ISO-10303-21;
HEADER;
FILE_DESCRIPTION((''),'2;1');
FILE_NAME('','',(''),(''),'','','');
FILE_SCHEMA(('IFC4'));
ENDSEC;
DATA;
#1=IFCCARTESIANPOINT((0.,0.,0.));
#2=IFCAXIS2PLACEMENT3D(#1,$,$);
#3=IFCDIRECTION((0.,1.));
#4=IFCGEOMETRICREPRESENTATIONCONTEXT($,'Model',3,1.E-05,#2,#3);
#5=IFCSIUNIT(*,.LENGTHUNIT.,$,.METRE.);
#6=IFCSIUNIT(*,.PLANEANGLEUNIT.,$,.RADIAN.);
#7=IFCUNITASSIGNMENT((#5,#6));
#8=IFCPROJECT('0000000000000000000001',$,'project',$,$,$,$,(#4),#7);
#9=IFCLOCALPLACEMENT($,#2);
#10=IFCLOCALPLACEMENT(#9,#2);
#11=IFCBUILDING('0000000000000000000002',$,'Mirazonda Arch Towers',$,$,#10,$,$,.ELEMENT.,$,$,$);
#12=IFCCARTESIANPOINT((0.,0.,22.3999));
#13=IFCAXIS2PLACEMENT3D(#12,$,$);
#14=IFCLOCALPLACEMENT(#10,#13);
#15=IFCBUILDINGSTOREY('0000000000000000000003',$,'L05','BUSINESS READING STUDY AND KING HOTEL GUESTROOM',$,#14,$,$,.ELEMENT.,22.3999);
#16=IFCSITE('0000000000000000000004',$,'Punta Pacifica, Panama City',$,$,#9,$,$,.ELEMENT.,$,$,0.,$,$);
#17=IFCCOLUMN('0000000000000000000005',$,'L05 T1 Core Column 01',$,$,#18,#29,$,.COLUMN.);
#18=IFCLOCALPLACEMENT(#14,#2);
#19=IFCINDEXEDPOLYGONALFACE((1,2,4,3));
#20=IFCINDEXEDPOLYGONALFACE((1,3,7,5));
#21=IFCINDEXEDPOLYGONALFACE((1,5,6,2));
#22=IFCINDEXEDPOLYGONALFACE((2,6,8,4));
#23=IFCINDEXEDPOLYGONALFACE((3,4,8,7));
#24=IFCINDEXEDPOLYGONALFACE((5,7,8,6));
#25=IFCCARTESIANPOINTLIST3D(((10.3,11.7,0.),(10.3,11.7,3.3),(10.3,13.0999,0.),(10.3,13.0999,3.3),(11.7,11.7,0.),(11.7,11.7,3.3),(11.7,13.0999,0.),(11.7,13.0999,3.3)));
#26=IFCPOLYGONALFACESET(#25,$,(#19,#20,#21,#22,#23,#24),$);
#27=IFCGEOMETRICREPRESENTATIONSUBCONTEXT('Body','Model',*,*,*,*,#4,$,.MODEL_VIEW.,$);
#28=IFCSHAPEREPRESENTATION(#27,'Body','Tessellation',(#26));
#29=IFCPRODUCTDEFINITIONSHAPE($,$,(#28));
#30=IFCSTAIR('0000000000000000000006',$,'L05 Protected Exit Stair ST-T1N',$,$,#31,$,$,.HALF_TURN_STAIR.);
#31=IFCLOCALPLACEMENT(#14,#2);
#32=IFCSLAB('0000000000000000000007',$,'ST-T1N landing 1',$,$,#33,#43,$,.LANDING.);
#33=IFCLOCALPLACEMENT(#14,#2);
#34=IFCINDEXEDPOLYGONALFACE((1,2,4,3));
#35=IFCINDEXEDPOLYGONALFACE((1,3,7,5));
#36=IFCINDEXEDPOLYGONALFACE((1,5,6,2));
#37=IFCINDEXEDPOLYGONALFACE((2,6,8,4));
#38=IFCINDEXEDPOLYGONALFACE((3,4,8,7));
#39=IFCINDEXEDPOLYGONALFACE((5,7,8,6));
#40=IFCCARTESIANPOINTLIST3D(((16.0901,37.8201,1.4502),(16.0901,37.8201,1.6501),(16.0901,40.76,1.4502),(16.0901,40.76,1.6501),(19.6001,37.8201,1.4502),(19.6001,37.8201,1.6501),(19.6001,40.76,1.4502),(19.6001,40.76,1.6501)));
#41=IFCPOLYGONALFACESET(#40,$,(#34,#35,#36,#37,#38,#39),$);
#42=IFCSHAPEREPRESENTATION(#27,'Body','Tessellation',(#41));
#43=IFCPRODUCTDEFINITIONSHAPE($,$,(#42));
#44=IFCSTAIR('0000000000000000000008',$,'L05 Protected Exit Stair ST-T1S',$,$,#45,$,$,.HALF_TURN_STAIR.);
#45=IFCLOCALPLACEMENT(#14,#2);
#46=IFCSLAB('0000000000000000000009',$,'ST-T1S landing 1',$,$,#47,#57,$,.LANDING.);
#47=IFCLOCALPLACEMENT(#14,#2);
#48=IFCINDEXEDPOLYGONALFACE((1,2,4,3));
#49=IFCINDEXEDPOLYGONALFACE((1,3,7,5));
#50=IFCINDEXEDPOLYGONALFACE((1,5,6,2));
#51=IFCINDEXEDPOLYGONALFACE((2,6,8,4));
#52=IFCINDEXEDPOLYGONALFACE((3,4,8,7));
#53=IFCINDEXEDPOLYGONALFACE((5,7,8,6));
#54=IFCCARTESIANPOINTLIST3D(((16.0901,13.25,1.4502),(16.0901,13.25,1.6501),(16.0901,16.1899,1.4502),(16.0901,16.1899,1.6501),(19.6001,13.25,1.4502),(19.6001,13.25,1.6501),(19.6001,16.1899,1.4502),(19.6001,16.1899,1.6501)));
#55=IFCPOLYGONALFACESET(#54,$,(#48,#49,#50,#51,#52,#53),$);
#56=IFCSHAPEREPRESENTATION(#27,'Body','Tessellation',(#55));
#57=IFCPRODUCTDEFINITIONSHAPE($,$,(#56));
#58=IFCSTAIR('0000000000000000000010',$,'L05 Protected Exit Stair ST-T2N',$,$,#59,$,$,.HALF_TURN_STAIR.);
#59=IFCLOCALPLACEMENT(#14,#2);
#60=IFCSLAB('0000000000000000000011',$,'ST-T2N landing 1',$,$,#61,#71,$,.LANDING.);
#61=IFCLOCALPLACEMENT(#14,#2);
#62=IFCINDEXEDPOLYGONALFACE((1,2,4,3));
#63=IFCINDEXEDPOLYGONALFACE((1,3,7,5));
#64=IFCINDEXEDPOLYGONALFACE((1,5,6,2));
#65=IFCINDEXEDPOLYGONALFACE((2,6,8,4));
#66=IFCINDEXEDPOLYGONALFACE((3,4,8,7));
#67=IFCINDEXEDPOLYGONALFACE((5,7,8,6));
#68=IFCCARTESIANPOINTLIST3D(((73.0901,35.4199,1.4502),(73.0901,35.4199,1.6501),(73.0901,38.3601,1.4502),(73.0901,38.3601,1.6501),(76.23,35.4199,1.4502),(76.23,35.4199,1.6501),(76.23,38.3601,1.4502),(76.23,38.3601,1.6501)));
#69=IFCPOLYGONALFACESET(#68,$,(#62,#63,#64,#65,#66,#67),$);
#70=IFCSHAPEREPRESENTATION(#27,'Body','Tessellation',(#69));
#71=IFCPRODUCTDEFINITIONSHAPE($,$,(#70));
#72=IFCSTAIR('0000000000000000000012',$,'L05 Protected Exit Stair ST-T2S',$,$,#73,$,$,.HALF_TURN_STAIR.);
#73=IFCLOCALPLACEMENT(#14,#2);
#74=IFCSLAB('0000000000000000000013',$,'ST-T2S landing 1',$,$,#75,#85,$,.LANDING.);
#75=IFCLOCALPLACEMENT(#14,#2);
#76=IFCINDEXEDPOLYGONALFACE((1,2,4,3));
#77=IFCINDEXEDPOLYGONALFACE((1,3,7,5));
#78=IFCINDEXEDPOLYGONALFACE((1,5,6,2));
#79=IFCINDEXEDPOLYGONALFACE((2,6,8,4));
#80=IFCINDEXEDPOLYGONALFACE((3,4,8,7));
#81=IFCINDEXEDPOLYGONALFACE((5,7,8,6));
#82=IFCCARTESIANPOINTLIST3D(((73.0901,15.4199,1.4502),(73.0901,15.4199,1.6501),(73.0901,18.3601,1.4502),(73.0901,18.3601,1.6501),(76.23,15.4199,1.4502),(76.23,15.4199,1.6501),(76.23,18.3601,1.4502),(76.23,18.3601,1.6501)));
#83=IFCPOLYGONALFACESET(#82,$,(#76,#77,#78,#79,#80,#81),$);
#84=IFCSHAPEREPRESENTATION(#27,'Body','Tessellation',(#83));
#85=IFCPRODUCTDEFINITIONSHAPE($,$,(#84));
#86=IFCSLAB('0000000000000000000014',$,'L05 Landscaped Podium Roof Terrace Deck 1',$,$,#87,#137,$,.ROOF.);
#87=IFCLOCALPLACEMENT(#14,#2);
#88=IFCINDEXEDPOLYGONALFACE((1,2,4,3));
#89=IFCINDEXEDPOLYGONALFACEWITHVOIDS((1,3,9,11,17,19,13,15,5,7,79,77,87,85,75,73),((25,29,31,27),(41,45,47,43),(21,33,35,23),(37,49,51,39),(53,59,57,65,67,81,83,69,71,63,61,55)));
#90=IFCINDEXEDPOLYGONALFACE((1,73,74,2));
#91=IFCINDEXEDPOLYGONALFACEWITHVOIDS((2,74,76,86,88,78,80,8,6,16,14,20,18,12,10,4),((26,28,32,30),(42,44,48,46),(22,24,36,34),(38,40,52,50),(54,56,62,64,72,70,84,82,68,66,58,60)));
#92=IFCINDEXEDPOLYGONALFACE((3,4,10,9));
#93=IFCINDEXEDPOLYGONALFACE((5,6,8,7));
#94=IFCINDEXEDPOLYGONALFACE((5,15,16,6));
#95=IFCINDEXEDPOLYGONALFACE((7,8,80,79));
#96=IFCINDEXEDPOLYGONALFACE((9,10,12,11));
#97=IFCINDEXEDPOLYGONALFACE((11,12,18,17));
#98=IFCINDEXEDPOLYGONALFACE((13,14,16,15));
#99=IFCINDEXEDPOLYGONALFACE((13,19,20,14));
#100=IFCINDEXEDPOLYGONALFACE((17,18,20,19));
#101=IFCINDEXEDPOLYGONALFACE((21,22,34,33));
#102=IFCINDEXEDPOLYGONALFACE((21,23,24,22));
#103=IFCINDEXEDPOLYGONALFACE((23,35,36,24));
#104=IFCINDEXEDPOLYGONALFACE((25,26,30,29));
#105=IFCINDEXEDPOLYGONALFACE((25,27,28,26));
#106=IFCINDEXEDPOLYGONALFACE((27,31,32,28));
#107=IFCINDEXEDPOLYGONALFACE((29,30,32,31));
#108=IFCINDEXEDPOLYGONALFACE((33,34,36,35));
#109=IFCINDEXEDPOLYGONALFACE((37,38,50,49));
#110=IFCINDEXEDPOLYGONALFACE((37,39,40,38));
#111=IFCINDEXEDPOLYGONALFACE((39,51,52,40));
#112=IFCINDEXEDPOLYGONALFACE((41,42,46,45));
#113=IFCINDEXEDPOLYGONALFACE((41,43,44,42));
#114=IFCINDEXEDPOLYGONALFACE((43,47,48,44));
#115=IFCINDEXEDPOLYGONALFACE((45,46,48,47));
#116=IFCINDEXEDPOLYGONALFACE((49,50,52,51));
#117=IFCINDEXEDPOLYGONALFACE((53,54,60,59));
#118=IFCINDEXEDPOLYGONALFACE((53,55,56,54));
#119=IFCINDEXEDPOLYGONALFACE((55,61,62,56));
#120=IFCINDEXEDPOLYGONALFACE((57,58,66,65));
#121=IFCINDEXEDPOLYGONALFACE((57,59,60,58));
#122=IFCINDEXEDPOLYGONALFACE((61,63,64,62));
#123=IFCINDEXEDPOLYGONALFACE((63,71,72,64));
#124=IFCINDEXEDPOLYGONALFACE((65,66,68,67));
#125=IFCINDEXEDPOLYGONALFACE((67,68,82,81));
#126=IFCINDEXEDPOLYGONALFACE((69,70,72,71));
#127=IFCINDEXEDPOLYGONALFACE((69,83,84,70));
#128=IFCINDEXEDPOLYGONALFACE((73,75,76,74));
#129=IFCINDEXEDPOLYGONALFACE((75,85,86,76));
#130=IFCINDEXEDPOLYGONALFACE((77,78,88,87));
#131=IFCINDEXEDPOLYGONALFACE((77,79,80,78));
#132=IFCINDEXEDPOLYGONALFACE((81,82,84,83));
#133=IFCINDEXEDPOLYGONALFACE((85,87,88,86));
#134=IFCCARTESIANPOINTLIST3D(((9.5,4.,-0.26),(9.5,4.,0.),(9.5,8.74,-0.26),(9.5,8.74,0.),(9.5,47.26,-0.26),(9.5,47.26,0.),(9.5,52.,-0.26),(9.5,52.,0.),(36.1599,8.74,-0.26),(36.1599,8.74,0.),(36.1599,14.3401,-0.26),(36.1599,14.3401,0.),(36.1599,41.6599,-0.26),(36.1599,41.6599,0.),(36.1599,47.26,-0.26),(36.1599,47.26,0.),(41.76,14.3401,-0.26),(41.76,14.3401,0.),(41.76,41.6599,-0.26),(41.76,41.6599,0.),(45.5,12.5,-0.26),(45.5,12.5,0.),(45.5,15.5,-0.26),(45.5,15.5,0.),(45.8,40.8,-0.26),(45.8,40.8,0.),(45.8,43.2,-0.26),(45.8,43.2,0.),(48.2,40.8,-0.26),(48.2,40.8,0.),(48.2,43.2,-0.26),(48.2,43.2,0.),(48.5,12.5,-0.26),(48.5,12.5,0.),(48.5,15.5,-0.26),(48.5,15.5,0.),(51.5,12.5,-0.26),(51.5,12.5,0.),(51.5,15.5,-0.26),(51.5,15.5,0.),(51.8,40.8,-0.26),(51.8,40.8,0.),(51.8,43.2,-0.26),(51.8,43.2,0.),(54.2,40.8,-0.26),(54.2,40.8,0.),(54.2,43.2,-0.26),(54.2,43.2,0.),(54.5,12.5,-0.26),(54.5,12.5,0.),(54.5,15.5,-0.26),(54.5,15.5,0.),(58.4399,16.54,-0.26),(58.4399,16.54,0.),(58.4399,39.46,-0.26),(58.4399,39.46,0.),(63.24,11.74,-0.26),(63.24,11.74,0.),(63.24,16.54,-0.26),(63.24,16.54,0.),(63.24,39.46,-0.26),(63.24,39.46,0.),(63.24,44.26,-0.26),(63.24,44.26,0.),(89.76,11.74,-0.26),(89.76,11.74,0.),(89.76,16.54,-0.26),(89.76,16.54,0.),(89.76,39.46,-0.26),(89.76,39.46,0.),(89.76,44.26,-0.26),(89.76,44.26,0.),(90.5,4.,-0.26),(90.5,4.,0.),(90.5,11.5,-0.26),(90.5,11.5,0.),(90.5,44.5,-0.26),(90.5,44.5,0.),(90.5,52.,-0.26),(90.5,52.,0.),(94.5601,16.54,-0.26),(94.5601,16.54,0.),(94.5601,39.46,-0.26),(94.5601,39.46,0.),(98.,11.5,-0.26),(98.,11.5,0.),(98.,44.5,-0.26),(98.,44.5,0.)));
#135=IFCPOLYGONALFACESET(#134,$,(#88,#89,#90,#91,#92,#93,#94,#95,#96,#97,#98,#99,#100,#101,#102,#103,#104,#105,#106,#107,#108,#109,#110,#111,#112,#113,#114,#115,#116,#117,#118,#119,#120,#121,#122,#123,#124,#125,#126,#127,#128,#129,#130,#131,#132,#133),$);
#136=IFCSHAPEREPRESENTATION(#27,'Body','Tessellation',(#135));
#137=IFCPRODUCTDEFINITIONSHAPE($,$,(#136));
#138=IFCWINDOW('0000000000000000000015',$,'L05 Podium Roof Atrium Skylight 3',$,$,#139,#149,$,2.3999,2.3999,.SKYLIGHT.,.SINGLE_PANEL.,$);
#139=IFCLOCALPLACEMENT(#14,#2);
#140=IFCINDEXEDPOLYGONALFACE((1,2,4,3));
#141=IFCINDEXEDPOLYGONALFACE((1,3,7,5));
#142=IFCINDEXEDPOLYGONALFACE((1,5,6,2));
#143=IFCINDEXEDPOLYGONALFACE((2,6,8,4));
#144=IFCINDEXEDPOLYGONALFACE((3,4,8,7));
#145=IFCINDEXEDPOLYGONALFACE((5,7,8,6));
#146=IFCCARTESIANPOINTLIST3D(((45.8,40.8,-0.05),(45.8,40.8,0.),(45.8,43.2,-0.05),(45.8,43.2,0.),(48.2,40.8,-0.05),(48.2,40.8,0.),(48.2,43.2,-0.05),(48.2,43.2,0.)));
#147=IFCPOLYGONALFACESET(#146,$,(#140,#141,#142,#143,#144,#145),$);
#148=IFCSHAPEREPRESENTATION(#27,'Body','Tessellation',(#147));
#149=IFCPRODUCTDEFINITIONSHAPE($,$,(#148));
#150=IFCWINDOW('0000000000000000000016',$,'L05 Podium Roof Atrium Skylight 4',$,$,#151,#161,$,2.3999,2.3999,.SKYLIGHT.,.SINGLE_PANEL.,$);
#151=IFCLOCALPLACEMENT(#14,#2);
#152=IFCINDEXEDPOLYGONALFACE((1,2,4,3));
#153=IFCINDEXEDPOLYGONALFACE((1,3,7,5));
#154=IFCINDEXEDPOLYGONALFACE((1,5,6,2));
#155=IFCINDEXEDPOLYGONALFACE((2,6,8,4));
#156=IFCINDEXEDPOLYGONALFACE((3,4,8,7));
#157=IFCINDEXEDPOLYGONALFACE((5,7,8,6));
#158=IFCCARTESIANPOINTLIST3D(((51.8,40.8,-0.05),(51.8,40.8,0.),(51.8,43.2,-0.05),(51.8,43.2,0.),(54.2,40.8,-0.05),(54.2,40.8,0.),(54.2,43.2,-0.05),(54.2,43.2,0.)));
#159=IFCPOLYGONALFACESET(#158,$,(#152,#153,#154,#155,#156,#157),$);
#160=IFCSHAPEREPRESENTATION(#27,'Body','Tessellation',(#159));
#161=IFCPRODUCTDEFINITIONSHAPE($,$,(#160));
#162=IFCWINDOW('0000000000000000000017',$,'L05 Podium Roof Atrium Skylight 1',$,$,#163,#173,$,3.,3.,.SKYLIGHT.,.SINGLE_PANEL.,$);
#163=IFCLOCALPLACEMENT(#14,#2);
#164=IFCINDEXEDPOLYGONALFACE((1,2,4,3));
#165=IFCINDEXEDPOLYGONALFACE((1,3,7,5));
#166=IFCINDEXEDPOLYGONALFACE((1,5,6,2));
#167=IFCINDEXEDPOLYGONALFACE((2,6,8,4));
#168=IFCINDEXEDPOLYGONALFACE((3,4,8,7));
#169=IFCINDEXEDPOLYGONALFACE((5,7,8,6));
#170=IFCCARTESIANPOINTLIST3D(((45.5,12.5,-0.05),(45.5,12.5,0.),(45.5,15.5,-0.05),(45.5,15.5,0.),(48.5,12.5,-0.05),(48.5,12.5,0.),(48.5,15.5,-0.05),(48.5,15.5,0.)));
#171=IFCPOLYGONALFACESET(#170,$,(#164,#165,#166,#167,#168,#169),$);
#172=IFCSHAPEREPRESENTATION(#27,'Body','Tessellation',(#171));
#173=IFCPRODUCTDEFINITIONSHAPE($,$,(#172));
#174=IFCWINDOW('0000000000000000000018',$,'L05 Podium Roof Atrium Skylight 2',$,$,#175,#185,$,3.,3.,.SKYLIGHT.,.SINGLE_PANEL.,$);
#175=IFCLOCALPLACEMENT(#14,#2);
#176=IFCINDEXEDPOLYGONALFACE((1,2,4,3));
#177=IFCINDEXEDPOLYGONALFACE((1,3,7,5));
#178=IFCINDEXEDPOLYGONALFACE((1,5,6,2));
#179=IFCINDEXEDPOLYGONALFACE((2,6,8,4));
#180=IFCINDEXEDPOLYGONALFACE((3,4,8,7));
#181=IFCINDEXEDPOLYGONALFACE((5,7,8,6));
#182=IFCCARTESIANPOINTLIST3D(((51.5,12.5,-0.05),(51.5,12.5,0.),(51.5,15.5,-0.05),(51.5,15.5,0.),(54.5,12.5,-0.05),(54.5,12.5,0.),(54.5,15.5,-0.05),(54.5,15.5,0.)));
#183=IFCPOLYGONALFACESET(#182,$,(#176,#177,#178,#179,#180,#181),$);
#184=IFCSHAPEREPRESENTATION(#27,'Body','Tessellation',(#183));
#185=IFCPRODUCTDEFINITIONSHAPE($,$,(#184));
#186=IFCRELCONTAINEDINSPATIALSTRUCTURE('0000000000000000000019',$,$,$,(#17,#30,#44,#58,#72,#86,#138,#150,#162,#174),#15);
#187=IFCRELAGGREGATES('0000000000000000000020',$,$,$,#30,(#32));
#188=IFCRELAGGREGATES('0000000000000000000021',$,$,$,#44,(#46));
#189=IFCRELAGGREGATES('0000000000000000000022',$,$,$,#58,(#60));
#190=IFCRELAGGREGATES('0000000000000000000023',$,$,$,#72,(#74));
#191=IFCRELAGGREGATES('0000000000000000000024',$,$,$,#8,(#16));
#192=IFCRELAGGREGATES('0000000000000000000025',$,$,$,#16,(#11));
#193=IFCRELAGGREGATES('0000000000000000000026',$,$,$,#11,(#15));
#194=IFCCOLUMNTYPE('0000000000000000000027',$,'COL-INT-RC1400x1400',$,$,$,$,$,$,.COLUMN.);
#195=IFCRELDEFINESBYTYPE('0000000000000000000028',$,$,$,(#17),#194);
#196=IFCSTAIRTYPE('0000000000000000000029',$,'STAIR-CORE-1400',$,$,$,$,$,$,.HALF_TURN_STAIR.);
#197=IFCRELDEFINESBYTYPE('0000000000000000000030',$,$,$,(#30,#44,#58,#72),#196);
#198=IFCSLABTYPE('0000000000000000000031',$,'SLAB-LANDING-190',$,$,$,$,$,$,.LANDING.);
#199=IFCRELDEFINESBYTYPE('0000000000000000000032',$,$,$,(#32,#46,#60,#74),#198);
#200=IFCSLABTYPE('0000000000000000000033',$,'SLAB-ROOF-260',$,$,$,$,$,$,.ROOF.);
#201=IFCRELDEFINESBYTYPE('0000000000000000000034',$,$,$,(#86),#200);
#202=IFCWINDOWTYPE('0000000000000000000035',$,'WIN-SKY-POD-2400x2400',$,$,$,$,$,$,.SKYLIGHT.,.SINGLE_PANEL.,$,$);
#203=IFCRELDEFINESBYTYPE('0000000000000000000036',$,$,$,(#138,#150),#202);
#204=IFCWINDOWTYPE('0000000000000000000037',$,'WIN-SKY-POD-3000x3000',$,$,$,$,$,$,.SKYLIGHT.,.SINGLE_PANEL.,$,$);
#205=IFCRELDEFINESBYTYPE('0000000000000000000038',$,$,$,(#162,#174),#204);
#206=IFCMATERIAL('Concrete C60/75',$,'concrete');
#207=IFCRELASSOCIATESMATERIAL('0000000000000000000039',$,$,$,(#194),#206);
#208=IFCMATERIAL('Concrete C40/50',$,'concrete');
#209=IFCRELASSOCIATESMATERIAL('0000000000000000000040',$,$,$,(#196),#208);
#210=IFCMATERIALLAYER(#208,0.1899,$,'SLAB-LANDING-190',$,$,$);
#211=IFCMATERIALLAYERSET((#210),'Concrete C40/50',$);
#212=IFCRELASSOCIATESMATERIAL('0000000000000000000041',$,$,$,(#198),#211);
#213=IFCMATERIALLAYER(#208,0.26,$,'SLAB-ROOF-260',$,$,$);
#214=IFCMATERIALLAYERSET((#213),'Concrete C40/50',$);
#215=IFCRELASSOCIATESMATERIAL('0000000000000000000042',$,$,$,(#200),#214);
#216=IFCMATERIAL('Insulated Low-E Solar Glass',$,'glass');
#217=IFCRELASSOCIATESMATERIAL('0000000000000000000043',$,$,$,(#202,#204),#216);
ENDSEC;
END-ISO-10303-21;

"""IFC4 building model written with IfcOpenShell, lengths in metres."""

from ifc_helpers import new_model, si_unit, direction, frame, origin, origin_2d, place, context, subcontext, project, spatial, polyline, rectangle, outline, extrude, material, layer, layer_set, material_profile, profile_set, type_object, element, fill, aggregate, save


model = new_model("IFC4")

# Units and contexts
model_context = context("Model", 3, precision=1e-05, world=origin(), true_north=direction((0.0, 1.0)))
body_context = subcontext(model_context, "Body", "Model", "MODEL_VIEW")
ifc_project = project(units=[si_unit("LENGTHUNIT", "METRE"), si_unit("PLANEANGLEUNIT", "RADIAN")], contexts=[model_context])

# Site, building, storey
site_placement = place(None, origin())
site = spatial("IfcSite", under=ifc_project, at=site_placement, Name="Punta Pacifica, Panama City", CompositionType="ELEMENT", RefElevation=0.0)
building_placement = place(site_placement, origin())
building = spatial("IfcBuilding", under=site, at=building_placement, Name="Mirazonda Arch Towers", CompositionType="ELEMENT")
storey_placement = place(building_placement, frame((0.0, 0.0, 22.3999)))
storey = spatial("IfcBuildingStorey", under=building, at=storey_placement, Name="L05", Description="BUSINESS READING STUDY AND KING HOTEL GUESTROOM", CompositionType="ELEMENT", Elevation=22.3999)

# Column
ifc_material_1 = material(Name="Concrete C60/75", Category="concrete")
ifc_material_profile = material_profile(ifc_material_1, rectangle(XDim=1.3999, YDim=1.3999, at=origin_2d()), Name="RC1400x1400")
ifc_profile_set = profile_set([ifc_material_profile], Name="Concrete C60/75")
column_type = type_object("IfcColumnType", Name="COL-INT-RC1400x1400", PredefinedType="COLUMN", material=ifc_profile_set)
column_placement = place(storey_placement, frame((11.0, 12.3999, 0.0), z_axis=(0.0, 0.0, 1.0), x_axis=(1.0, 0.0, 0.0)))
element("IfcColumn", 1, at=column_placement, inside=storey, type_object=column_type, Name="L05 T1 Core Column 01", PredefinedType="COLUMN", context=body_context, shape_type="SweptSolid", body=[
    extrude(rectangle(XDim=1.3999, YDim=1.3999, at=origin_2d()), origin(), (0.0, 0.0, 1.0), 3.3),
])

# Stairs, slabs
ifc_material_2 = material(Name="Concrete C40/50", Category="concrete")
stair_type = type_object("IfcStairType", Name="STAIR-CORE-1400", PredefinedType="HALF_TURN_STAIR", material=ifc_material_2)
stair_1_placement = place(storey_placement, origin())
stair_1 = element("IfcStair", 2, at=stair_1_placement, inside=storey, type_object=stair_type, Name="L05 Protected Exit Stair ST-T1N", PredefinedType="HALF_TURN_STAIR")
ifc_layer_1 = layer(ifc_material_2, 0.1899, Name="SLAB-LANDING-190")
ifc_layer_set_1 = layer_set([ifc_layer_1], Name="Concrete C40/50")
slab_type_1 = type_object("IfcSlabType", Name="SLAB-LANDING-190", PredefinedType="LANDING", material=ifc_layer_set_1)
slab_1_placement = place(storey_placement, frame((0.0, 0.0, 1.4502)))
slab_1 = element("IfcSlab", 3, at=slab_1_placement, type_object=slab_type_1, Name="ST-T1N landing 1", PredefinedType="LANDING", context=body_context, shape_type="SweptSolid", body=[
    extrude(outline(polyline([(16.0901, 37.8201), (19.6001, 37.8201), (19.6001, 40.76), (16.0901, 40.76), (16.0901, 37.8201)])), origin(), (0.0, 0.0, 1.0), 0.2),
])
aggregate(stair_1, [slab_1])
stair_2_placement = place(storey_placement, origin())
stair_2 = element("IfcStair", 4, at=stair_2_placement, inside=storey, type_object=stair_type, Name="L05 Protected Exit Stair ST-T1S", PredefinedType="HALF_TURN_STAIR")
slab_2_placement = place(storey_placement, frame((0.0, 0.0, 1.4502)))
slab_2 = element("IfcSlab", 5, at=slab_2_placement, type_object=slab_type_1, Name="ST-T1S landing 1", PredefinedType="LANDING", context=body_context, shape_type="SweptSolid", body=[
    extrude(outline(polyline([(16.0901, 13.25), (19.6001, 13.25), (19.6001, 16.1899), (16.0901, 16.1899), (16.0901, 13.25)])), origin(), (0.0, 0.0, 1.0), 0.2),
])
aggregate(stair_2, [slab_2])
stair_3_placement = place(storey_placement, origin())
stair_3 = element("IfcStair", 6, at=stair_3_placement, inside=storey, type_object=stair_type, Name="L05 Protected Exit Stair ST-T2N", PredefinedType="HALF_TURN_STAIR")
slab_3_placement = place(storey_placement, frame((0.0, 0.0, 1.4502)))
slab_3 = element("IfcSlab", 7, at=slab_3_placement, type_object=slab_type_1, Name="ST-T2N landing 1", PredefinedType="LANDING", context=body_context, shape_type="SweptSolid", body=[
    extrude(outline(polyline([(73.0901, 35.4199), (76.23, 35.4199), (76.23, 38.3601), (73.0901, 38.3601), (73.0901, 35.4199)])), origin(), (0.0, 0.0, 1.0), 0.2),
])
aggregate(stair_3, [slab_3])
stair_4_placement = place(storey_placement, origin())
stair_4 = element("IfcStair", 8, at=stair_4_placement, inside=storey, type_object=stair_type, Name="L05 Protected Exit Stair ST-T2S", PredefinedType="HALF_TURN_STAIR")
slab_4_placement = place(storey_placement, frame((0.0, 0.0, 1.4502)))
slab_4 = element("IfcSlab", 9, at=slab_4_placement, type_object=slab_type_1, Name="ST-T2S landing 1", PredefinedType="LANDING", context=body_context, shape_type="SweptSolid", body=[
    extrude(outline(polyline([(73.0901, 15.4199), (76.23, 15.4199), (76.23, 18.3601), (73.0901, 18.3601), (73.0901, 15.4199)])), origin(), (0.0, 0.0, 1.0), 0.2),
])
aggregate(stair_4, [slab_4])

# Slab, openings, windows
ifc_layer_2 = layer(ifc_material_2, 0.26, Name="SLAB-ROOF-260")
ifc_layer_set_2 = layer_set([ifc_layer_2], Name="Concrete C40/50")
slab_type_2 = type_object("IfcSlabType", Name="SLAB-ROOF-260", PredefinedType="ROOF", material=ifc_layer_set_2)
slab_5_placement = place(storey_placement, frame((0.0, 0.0, -0.26)))
slab_5 = element("IfcSlab", 10, at=slab_5_placement, inside=storey, type_object=slab_type_2, Name="L05 Landscaped Podium Roof Terrace Deck 1", PredefinedType="ROOF", context=body_context, shape_type="SweptSolid", body=[
    extrude(outline(polyline([(9.5, 52.0), (9.5, 47.26), (36.1599, 47.26), (36.1599, 41.6599), (41.76, 41.6599), (41.76, 14.3401), (36.1599, 14.3401), (36.1599, 8.74), (9.5, 8.74), (9.5, 4.0), (90.5, 4.0), (90.5, 11.5), (98.0, 11.5), (98.0, 44.5), (90.5, 44.5), (90.5, 52.0), (9.5, 52.0)]), holes=[polyline([(63.24, 11.74), (63.24, 16.54), (58.4399, 16.54), (58.4399, 39.46), (63.24, 39.46), (63.24, 44.26), (89.76, 44.26), (89.76, 39.46), (94.5601, 39.46), (94.5601, 16.54), (89.76, 16.54), (89.76, 11.74), (63.24, 11.74)])]), origin(), (0.0, 0.0, 1.0), 0.26),
])
opening_1_placement = place(slab_5_placement, frame((47.0, 14.0, 0.0)))
opening_1 = element("IfcOpeningElement", 11, at=opening_1_placement, cuts=slab_5, PredefinedType="OPENING", context=body_context, shape_type="SweptSolid", body=[
    extrude(rectangle(XDim=3.0, YDim=3.0, at=origin_2d()), frame((0.0, 0.0, -0.01)), (0.0, 0.0, 1.0), 0.28),
])
opening_2_placement = place(slab_5_placement, frame((53.0, 14.0, 0.0)))
opening_2 = element("IfcOpeningElement", 12, at=opening_2_placement, cuts=slab_5, PredefinedType="OPENING", context=body_context, shape_type="SweptSolid", body=[
    extrude(rectangle(XDim=3.0, YDim=3.0, at=origin_2d()), frame((0.0, 0.0, -0.01)), (0.0, 0.0, 1.0), 0.28),
])
opening_3_placement = place(slab_5_placement, frame((47.0, 42.0, 0.0)))
opening_3 = element("IfcOpeningElement", 13, at=opening_3_placement, cuts=slab_5, PredefinedType="OPENING", context=body_context, shape_type="SweptSolid", body=[
    extrude(rectangle(XDim=2.3999, YDim=2.3999, at=origin_2d()), frame((0.0, 0.0, -0.01)), (0.0, 0.0, 1.0), 0.28),
])
opening_4_placement = place(slab_5_placement, frame((53.0, 42.0, 0.0)))
opening_4 = element("IfcOpeningElement", 14, at=opening_4_placement, cuts=slab_5, PredefinedType="OPENING", context=body_context, shape_type="SweptSolid", body=[
    extrude(rectangle(XDim=2.3999, YDim=2.3999, at=origin_2d()), frame((0.0, 0.0, -0.01)), (0.0, 0.0, 1.0), 0.28),
])
ifc_material_3 = material(Name="Insulated Low-E Solar Glass", Category="glass")
window_type_1 = type_object("IfcWindowType", Name="WIN-SKY-POD-2400x2400", PartitioningType="SINGLE_PANEL", PredefinedType="SKYLIGHT", material=ifc_material_3)
window_1_placement = place(opening_3_placement, frame((0.0, 0.0, 0.21)))
window_1 = element("IfcWindow", 15, at=window_1_placement, inside=storey, type_object=window_type_1, Name="L05 Podium Roof Atrium Skylight 3", OverallHeight=2.3999, OverallWidth=2.3999, PartitioningType="SINGLE_PANEL", PredefinedType="SKYLIGHT", context=body_context, shape_type="SweptSolid", body=[
    extrude(rectangle(XDim=2.3999, YDim=2.3999, at=origin_2d()), origin(), (0.0, 0.0, 1.0), 0.05),
])
fill(opening_3, window_1)
window_2_placement = place(opening_4_placement, frame((0.0, 0.0, 0.21)))
window_2 = element("IfcWindow", 16, at=window_2_placement, inside=storey, type_object=window_type_1, Name="L05 Podium Roof Atrium Skylight 4", OverallHeight=2.3999, OverallWidth=2.3999, PartitioningType="SINGLE_PANEL", PredefinedType="SKYLIGHT", context=body_context, shape_type="SweptSolid", body=[
    extrude(rectangle(XDim=2.3999, YDim=2.3999, at=origin_2d()), origin(), (0.0, 0.0, 1.0), 0.05),
])
fill(opening_4, window_2)
window_type_2 = type_object("IfcWindowType", Name="WIN-SKY-POD-3000x3000", PartitioningType="SINGLE_PANEL", PredefinedType="SKYLIGHT", material=ifc_material_3)
window_3_placement = place(opening_1_placement, frame((0.0, 0.0, 0.21)))
window_3 = element("IfcWindow", 17, at=window_3_placement, inside=storey, type_object=window_type_2, Name="L05 Podium Roof Atrium Skylight 1", OverallHeight=3.0, OverallWidth=3.0, PartitioningType="SINGLE_PANEL", PredefinedType="SKYLIGHT", context=body_context, shape_type="SweptSolid", body=[
    extrude(rectangle(XDim=3.0, YDim=3.0, at=origin_2d()), origin(), (0.0, 0.0, 1.0), 0.05),
])
fill(opening_1, window_3)
window_4_placement = place(opening_2_placement, frame((0.0, 0.0, 0.21)))
window_4 = element("IfcWindow", 18, at=window_4_placement, inside=storey, type_object=window_type_2, Name="L05 Podium Roof Atrium Skylight 2", OverallHeight=3.0, OverallWidth=3.0, PartitioningType="SINGLE_PANEL", PredefinedType="SKYLIGHT", context=body_context, shape_type="SweptSolid", body=[
    extrude(rectangle(XDim=3.0, YDim=3.0, at=origin_2d()), origin(), (0.0, 0.0, 1.0), 0.05),
])
fill(opening_2, window_4)

save(model, "model.ifc")
